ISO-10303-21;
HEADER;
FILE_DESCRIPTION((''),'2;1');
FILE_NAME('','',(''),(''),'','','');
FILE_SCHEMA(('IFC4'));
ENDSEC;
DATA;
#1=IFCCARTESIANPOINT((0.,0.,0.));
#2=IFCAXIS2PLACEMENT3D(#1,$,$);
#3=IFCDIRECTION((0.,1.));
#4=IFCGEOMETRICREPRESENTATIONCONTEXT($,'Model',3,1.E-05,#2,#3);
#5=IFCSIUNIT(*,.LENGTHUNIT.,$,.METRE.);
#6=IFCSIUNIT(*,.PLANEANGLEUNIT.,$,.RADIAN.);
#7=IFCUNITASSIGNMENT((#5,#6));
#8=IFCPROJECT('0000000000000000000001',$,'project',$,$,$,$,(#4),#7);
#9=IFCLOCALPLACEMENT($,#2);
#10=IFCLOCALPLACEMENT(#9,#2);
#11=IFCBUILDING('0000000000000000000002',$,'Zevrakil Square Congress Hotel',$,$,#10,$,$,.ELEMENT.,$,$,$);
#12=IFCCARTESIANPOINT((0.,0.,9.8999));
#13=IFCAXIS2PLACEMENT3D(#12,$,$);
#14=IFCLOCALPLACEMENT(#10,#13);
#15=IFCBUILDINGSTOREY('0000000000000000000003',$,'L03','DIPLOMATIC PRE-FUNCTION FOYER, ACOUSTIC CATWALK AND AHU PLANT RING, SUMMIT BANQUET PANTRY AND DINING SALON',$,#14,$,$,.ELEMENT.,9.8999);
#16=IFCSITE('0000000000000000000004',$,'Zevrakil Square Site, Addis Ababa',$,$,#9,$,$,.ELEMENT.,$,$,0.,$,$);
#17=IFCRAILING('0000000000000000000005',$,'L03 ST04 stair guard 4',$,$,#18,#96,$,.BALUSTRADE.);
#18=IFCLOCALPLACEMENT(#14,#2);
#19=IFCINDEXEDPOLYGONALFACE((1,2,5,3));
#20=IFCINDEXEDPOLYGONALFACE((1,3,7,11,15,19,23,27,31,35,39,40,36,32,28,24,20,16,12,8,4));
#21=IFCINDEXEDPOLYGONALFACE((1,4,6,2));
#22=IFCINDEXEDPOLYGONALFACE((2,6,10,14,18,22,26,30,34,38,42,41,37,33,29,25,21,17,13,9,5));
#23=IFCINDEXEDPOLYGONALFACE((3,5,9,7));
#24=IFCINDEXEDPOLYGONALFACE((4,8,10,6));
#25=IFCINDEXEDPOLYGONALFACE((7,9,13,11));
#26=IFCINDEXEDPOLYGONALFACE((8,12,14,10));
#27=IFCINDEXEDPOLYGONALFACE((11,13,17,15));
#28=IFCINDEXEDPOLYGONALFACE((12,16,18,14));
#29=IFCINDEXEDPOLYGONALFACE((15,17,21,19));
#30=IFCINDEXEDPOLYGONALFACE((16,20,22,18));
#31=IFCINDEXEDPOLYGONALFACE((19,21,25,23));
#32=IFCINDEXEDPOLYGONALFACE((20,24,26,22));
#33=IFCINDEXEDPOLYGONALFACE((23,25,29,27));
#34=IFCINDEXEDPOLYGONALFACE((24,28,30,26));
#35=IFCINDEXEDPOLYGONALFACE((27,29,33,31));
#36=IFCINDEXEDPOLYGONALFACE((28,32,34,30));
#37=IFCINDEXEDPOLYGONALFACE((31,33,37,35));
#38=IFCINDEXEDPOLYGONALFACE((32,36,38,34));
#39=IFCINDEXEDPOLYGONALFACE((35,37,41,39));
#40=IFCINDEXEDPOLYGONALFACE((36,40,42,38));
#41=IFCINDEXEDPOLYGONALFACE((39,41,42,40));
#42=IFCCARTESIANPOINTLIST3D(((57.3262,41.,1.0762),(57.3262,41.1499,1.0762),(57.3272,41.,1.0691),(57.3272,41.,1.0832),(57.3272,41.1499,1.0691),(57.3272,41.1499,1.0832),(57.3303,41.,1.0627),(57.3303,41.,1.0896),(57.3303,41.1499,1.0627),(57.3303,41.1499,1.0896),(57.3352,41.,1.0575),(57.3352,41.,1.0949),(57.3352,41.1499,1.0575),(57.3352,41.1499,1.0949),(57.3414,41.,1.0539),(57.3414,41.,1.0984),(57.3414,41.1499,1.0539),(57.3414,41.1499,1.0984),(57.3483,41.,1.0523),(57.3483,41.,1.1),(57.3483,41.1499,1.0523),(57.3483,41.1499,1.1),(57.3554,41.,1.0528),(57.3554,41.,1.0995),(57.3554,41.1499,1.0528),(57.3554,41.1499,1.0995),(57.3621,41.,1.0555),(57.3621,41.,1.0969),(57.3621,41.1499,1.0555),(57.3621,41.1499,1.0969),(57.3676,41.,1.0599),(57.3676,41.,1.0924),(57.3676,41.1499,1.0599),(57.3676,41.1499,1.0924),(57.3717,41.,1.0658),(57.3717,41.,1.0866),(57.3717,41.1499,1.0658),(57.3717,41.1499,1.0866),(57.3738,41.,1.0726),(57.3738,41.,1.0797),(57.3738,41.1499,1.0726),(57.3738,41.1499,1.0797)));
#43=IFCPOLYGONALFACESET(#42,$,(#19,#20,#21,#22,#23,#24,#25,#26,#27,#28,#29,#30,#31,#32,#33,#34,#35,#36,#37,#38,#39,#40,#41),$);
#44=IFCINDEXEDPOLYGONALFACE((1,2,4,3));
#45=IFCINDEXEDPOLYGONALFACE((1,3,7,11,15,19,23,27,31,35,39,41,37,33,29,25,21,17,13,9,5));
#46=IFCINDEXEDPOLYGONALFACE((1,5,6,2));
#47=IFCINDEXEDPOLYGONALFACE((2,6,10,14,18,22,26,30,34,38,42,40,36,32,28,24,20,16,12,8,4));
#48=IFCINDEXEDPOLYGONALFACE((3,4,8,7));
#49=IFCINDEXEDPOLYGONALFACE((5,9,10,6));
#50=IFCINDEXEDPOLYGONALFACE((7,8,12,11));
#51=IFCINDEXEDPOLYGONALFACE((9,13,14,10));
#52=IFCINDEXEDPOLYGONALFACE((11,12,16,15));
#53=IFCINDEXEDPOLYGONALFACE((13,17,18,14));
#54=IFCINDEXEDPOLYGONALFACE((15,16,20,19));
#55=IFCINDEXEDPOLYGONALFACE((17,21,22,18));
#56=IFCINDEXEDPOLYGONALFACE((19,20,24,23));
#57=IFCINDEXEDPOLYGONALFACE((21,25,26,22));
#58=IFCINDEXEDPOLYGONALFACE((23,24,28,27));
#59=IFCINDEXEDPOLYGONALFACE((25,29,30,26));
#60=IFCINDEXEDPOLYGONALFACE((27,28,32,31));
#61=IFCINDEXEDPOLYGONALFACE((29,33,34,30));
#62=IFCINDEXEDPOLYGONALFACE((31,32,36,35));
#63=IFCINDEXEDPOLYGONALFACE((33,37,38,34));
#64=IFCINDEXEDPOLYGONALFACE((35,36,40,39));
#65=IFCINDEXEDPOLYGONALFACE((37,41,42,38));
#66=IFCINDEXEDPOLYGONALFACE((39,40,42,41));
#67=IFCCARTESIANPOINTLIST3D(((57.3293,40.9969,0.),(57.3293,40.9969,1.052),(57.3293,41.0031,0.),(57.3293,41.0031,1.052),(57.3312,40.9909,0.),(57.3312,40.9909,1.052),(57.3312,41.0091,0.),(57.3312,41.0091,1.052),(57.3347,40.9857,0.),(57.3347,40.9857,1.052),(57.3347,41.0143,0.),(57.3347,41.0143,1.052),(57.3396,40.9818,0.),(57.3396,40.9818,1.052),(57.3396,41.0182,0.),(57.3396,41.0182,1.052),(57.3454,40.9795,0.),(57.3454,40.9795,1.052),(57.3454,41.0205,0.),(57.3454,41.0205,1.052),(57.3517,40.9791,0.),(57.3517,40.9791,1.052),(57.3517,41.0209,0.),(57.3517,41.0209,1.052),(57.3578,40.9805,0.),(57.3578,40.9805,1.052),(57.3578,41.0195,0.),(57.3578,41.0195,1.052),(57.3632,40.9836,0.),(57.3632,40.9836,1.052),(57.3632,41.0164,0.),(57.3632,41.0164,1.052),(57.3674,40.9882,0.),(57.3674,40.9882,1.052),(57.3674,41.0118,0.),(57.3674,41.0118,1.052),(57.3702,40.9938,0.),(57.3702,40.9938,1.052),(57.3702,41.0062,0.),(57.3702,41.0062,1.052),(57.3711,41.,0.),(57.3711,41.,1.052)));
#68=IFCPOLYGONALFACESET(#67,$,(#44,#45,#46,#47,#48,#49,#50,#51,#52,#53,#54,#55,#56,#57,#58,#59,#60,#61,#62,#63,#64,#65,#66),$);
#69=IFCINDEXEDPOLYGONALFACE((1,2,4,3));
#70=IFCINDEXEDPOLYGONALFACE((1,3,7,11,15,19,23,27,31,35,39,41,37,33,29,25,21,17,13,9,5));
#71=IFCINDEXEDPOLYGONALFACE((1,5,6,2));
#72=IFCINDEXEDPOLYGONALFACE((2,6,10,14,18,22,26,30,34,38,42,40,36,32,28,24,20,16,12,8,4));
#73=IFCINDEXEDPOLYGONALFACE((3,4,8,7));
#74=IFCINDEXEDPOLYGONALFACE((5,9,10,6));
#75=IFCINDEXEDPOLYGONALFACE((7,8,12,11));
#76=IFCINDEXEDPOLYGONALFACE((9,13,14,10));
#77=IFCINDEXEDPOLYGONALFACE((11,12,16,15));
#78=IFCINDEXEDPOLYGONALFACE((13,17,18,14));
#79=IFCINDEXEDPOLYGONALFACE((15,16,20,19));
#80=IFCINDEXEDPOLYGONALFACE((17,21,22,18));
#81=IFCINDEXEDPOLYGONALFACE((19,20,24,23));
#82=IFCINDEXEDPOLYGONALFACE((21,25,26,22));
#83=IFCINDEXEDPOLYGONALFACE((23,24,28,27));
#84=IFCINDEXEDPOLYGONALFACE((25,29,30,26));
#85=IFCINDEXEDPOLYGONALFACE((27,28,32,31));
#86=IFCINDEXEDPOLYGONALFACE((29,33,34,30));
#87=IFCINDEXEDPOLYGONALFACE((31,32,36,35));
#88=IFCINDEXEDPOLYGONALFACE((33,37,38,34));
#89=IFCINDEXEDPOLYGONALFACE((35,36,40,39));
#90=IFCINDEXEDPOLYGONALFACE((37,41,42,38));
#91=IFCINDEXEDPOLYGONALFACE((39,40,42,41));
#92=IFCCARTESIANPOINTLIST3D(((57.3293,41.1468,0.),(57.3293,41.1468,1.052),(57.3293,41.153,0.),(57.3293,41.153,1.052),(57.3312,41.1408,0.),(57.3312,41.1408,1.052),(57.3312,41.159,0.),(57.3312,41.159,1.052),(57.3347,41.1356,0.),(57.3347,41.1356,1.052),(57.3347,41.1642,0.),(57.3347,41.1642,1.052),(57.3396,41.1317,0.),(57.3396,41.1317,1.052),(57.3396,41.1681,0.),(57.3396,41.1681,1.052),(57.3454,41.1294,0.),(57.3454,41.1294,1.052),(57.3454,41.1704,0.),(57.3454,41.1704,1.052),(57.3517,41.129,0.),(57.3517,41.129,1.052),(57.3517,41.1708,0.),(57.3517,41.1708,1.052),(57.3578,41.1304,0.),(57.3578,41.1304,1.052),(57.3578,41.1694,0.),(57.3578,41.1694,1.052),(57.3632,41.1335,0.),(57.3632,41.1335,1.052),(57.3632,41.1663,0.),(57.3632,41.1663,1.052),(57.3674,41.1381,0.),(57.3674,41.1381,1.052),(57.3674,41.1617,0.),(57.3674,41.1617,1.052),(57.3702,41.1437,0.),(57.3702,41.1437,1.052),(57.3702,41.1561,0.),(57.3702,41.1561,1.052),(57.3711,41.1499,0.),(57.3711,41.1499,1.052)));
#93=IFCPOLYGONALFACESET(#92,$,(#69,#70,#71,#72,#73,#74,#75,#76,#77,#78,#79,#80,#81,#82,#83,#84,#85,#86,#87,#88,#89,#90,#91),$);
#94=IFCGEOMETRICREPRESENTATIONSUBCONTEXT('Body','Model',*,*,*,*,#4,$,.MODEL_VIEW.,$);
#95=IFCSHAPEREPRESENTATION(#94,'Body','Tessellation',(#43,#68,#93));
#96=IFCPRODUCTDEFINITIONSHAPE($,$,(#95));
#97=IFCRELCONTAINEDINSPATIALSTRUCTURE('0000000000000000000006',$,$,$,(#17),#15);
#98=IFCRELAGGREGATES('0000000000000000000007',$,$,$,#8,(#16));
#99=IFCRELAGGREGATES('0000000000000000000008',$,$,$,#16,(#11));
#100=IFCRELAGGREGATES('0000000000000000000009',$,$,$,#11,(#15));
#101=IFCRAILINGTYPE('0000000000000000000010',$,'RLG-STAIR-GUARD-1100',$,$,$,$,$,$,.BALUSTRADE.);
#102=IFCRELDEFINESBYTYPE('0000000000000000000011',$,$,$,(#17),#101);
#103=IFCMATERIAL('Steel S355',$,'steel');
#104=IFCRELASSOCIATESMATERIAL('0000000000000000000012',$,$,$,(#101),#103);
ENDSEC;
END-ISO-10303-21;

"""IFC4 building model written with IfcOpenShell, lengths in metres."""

from ifc_helpers import new_model, si_unit, direction, frame, origin, origin_2d, place, context, subcontext, project, spatial, circle, extrude, material, type_object, element, save


model = new_model("IFC4")

# Units and contexts
model_context = context("Model", 3, precision=1e-05, world=origin(), true_north=direction((0.0, 1.0)))
body_context = subcontext(model_context, "Body", "Model", "MODEL_VIEW")
ifc_project = project(units=[si_unit("LENGTHUNIT", "METRE"), si_unit("PLANEANGLEUNIT", "RADIAN")], contexts=[model_context])

# Site, building, storey
site_placement = place(None, origin())
site = spatial("IfcSite", under=ifc_project, at=site_placement, Name="Zevrakil Square Site, Addis Ababa", CompositionType="ELEMENT", RefElevation=0.0)
building_placement = place(site_placement, origin())
building = spatial("IfcBuilding", under=site, at=building_placement, Name="Zevrakil Square Congress Hotel", CompositionType="ELEMENT")
storey_placement = place(building_placement, frame((0.0, 0.0, 9.8999)))
storey = spatial("IfcBuildingStorey", under=building, at=storey_placement, Name="L03", Description="DIPLOMATIC PRE-FUNCTION FOYER, ACOUSTIC CATWALK AND AHU PLANT RING, SUMMIT BANQUET PANTRY AND DINING SALON", CompositionType="ELEMENT", Elevation=9.8999)

# Railing
ifc_material_1 = material(Name="Steel S355", Category="steel")
railing_type_1 = type_object("IfcRailingType", Name="RLG-STAIR-GUARD-1100", PredefinedType="BALUSTRADE", material=ifc_material_1)
railing_1_placement = place(storey_placement, frame((57.3501, 41.0, 0.0)))
element("IfcRailing", 1, at=railing_1_placement, inside=storey, type_object=railing_type_1, Name="L03 ST04 stair guard 4", PredefinedType="BALUSTRADE", context=body_context, shape_type="SweptSolid", body=[
    extrude(circle(Radius=0.0239, at=origin_2d()), frame((0.0, 0.0, 1.0762), z_axis=(0.0, 1.0, 0.0), x_axis=(-1.0, 0.0, 0.0)), (0.0, 0.0, 1.0), 0.1499),
    extrude(circle(Radius=0.021, at=origin_2d()), origin(), (0.0, 0.0, 1.0), 1.052),
    extrude(circle(Radius=0.021, at=origin_2d()), frame((0.0, 0.1499, 0.0)), (0.0, 0.0, 1.0), 1.052),
])

save(model, "model.ifc")
